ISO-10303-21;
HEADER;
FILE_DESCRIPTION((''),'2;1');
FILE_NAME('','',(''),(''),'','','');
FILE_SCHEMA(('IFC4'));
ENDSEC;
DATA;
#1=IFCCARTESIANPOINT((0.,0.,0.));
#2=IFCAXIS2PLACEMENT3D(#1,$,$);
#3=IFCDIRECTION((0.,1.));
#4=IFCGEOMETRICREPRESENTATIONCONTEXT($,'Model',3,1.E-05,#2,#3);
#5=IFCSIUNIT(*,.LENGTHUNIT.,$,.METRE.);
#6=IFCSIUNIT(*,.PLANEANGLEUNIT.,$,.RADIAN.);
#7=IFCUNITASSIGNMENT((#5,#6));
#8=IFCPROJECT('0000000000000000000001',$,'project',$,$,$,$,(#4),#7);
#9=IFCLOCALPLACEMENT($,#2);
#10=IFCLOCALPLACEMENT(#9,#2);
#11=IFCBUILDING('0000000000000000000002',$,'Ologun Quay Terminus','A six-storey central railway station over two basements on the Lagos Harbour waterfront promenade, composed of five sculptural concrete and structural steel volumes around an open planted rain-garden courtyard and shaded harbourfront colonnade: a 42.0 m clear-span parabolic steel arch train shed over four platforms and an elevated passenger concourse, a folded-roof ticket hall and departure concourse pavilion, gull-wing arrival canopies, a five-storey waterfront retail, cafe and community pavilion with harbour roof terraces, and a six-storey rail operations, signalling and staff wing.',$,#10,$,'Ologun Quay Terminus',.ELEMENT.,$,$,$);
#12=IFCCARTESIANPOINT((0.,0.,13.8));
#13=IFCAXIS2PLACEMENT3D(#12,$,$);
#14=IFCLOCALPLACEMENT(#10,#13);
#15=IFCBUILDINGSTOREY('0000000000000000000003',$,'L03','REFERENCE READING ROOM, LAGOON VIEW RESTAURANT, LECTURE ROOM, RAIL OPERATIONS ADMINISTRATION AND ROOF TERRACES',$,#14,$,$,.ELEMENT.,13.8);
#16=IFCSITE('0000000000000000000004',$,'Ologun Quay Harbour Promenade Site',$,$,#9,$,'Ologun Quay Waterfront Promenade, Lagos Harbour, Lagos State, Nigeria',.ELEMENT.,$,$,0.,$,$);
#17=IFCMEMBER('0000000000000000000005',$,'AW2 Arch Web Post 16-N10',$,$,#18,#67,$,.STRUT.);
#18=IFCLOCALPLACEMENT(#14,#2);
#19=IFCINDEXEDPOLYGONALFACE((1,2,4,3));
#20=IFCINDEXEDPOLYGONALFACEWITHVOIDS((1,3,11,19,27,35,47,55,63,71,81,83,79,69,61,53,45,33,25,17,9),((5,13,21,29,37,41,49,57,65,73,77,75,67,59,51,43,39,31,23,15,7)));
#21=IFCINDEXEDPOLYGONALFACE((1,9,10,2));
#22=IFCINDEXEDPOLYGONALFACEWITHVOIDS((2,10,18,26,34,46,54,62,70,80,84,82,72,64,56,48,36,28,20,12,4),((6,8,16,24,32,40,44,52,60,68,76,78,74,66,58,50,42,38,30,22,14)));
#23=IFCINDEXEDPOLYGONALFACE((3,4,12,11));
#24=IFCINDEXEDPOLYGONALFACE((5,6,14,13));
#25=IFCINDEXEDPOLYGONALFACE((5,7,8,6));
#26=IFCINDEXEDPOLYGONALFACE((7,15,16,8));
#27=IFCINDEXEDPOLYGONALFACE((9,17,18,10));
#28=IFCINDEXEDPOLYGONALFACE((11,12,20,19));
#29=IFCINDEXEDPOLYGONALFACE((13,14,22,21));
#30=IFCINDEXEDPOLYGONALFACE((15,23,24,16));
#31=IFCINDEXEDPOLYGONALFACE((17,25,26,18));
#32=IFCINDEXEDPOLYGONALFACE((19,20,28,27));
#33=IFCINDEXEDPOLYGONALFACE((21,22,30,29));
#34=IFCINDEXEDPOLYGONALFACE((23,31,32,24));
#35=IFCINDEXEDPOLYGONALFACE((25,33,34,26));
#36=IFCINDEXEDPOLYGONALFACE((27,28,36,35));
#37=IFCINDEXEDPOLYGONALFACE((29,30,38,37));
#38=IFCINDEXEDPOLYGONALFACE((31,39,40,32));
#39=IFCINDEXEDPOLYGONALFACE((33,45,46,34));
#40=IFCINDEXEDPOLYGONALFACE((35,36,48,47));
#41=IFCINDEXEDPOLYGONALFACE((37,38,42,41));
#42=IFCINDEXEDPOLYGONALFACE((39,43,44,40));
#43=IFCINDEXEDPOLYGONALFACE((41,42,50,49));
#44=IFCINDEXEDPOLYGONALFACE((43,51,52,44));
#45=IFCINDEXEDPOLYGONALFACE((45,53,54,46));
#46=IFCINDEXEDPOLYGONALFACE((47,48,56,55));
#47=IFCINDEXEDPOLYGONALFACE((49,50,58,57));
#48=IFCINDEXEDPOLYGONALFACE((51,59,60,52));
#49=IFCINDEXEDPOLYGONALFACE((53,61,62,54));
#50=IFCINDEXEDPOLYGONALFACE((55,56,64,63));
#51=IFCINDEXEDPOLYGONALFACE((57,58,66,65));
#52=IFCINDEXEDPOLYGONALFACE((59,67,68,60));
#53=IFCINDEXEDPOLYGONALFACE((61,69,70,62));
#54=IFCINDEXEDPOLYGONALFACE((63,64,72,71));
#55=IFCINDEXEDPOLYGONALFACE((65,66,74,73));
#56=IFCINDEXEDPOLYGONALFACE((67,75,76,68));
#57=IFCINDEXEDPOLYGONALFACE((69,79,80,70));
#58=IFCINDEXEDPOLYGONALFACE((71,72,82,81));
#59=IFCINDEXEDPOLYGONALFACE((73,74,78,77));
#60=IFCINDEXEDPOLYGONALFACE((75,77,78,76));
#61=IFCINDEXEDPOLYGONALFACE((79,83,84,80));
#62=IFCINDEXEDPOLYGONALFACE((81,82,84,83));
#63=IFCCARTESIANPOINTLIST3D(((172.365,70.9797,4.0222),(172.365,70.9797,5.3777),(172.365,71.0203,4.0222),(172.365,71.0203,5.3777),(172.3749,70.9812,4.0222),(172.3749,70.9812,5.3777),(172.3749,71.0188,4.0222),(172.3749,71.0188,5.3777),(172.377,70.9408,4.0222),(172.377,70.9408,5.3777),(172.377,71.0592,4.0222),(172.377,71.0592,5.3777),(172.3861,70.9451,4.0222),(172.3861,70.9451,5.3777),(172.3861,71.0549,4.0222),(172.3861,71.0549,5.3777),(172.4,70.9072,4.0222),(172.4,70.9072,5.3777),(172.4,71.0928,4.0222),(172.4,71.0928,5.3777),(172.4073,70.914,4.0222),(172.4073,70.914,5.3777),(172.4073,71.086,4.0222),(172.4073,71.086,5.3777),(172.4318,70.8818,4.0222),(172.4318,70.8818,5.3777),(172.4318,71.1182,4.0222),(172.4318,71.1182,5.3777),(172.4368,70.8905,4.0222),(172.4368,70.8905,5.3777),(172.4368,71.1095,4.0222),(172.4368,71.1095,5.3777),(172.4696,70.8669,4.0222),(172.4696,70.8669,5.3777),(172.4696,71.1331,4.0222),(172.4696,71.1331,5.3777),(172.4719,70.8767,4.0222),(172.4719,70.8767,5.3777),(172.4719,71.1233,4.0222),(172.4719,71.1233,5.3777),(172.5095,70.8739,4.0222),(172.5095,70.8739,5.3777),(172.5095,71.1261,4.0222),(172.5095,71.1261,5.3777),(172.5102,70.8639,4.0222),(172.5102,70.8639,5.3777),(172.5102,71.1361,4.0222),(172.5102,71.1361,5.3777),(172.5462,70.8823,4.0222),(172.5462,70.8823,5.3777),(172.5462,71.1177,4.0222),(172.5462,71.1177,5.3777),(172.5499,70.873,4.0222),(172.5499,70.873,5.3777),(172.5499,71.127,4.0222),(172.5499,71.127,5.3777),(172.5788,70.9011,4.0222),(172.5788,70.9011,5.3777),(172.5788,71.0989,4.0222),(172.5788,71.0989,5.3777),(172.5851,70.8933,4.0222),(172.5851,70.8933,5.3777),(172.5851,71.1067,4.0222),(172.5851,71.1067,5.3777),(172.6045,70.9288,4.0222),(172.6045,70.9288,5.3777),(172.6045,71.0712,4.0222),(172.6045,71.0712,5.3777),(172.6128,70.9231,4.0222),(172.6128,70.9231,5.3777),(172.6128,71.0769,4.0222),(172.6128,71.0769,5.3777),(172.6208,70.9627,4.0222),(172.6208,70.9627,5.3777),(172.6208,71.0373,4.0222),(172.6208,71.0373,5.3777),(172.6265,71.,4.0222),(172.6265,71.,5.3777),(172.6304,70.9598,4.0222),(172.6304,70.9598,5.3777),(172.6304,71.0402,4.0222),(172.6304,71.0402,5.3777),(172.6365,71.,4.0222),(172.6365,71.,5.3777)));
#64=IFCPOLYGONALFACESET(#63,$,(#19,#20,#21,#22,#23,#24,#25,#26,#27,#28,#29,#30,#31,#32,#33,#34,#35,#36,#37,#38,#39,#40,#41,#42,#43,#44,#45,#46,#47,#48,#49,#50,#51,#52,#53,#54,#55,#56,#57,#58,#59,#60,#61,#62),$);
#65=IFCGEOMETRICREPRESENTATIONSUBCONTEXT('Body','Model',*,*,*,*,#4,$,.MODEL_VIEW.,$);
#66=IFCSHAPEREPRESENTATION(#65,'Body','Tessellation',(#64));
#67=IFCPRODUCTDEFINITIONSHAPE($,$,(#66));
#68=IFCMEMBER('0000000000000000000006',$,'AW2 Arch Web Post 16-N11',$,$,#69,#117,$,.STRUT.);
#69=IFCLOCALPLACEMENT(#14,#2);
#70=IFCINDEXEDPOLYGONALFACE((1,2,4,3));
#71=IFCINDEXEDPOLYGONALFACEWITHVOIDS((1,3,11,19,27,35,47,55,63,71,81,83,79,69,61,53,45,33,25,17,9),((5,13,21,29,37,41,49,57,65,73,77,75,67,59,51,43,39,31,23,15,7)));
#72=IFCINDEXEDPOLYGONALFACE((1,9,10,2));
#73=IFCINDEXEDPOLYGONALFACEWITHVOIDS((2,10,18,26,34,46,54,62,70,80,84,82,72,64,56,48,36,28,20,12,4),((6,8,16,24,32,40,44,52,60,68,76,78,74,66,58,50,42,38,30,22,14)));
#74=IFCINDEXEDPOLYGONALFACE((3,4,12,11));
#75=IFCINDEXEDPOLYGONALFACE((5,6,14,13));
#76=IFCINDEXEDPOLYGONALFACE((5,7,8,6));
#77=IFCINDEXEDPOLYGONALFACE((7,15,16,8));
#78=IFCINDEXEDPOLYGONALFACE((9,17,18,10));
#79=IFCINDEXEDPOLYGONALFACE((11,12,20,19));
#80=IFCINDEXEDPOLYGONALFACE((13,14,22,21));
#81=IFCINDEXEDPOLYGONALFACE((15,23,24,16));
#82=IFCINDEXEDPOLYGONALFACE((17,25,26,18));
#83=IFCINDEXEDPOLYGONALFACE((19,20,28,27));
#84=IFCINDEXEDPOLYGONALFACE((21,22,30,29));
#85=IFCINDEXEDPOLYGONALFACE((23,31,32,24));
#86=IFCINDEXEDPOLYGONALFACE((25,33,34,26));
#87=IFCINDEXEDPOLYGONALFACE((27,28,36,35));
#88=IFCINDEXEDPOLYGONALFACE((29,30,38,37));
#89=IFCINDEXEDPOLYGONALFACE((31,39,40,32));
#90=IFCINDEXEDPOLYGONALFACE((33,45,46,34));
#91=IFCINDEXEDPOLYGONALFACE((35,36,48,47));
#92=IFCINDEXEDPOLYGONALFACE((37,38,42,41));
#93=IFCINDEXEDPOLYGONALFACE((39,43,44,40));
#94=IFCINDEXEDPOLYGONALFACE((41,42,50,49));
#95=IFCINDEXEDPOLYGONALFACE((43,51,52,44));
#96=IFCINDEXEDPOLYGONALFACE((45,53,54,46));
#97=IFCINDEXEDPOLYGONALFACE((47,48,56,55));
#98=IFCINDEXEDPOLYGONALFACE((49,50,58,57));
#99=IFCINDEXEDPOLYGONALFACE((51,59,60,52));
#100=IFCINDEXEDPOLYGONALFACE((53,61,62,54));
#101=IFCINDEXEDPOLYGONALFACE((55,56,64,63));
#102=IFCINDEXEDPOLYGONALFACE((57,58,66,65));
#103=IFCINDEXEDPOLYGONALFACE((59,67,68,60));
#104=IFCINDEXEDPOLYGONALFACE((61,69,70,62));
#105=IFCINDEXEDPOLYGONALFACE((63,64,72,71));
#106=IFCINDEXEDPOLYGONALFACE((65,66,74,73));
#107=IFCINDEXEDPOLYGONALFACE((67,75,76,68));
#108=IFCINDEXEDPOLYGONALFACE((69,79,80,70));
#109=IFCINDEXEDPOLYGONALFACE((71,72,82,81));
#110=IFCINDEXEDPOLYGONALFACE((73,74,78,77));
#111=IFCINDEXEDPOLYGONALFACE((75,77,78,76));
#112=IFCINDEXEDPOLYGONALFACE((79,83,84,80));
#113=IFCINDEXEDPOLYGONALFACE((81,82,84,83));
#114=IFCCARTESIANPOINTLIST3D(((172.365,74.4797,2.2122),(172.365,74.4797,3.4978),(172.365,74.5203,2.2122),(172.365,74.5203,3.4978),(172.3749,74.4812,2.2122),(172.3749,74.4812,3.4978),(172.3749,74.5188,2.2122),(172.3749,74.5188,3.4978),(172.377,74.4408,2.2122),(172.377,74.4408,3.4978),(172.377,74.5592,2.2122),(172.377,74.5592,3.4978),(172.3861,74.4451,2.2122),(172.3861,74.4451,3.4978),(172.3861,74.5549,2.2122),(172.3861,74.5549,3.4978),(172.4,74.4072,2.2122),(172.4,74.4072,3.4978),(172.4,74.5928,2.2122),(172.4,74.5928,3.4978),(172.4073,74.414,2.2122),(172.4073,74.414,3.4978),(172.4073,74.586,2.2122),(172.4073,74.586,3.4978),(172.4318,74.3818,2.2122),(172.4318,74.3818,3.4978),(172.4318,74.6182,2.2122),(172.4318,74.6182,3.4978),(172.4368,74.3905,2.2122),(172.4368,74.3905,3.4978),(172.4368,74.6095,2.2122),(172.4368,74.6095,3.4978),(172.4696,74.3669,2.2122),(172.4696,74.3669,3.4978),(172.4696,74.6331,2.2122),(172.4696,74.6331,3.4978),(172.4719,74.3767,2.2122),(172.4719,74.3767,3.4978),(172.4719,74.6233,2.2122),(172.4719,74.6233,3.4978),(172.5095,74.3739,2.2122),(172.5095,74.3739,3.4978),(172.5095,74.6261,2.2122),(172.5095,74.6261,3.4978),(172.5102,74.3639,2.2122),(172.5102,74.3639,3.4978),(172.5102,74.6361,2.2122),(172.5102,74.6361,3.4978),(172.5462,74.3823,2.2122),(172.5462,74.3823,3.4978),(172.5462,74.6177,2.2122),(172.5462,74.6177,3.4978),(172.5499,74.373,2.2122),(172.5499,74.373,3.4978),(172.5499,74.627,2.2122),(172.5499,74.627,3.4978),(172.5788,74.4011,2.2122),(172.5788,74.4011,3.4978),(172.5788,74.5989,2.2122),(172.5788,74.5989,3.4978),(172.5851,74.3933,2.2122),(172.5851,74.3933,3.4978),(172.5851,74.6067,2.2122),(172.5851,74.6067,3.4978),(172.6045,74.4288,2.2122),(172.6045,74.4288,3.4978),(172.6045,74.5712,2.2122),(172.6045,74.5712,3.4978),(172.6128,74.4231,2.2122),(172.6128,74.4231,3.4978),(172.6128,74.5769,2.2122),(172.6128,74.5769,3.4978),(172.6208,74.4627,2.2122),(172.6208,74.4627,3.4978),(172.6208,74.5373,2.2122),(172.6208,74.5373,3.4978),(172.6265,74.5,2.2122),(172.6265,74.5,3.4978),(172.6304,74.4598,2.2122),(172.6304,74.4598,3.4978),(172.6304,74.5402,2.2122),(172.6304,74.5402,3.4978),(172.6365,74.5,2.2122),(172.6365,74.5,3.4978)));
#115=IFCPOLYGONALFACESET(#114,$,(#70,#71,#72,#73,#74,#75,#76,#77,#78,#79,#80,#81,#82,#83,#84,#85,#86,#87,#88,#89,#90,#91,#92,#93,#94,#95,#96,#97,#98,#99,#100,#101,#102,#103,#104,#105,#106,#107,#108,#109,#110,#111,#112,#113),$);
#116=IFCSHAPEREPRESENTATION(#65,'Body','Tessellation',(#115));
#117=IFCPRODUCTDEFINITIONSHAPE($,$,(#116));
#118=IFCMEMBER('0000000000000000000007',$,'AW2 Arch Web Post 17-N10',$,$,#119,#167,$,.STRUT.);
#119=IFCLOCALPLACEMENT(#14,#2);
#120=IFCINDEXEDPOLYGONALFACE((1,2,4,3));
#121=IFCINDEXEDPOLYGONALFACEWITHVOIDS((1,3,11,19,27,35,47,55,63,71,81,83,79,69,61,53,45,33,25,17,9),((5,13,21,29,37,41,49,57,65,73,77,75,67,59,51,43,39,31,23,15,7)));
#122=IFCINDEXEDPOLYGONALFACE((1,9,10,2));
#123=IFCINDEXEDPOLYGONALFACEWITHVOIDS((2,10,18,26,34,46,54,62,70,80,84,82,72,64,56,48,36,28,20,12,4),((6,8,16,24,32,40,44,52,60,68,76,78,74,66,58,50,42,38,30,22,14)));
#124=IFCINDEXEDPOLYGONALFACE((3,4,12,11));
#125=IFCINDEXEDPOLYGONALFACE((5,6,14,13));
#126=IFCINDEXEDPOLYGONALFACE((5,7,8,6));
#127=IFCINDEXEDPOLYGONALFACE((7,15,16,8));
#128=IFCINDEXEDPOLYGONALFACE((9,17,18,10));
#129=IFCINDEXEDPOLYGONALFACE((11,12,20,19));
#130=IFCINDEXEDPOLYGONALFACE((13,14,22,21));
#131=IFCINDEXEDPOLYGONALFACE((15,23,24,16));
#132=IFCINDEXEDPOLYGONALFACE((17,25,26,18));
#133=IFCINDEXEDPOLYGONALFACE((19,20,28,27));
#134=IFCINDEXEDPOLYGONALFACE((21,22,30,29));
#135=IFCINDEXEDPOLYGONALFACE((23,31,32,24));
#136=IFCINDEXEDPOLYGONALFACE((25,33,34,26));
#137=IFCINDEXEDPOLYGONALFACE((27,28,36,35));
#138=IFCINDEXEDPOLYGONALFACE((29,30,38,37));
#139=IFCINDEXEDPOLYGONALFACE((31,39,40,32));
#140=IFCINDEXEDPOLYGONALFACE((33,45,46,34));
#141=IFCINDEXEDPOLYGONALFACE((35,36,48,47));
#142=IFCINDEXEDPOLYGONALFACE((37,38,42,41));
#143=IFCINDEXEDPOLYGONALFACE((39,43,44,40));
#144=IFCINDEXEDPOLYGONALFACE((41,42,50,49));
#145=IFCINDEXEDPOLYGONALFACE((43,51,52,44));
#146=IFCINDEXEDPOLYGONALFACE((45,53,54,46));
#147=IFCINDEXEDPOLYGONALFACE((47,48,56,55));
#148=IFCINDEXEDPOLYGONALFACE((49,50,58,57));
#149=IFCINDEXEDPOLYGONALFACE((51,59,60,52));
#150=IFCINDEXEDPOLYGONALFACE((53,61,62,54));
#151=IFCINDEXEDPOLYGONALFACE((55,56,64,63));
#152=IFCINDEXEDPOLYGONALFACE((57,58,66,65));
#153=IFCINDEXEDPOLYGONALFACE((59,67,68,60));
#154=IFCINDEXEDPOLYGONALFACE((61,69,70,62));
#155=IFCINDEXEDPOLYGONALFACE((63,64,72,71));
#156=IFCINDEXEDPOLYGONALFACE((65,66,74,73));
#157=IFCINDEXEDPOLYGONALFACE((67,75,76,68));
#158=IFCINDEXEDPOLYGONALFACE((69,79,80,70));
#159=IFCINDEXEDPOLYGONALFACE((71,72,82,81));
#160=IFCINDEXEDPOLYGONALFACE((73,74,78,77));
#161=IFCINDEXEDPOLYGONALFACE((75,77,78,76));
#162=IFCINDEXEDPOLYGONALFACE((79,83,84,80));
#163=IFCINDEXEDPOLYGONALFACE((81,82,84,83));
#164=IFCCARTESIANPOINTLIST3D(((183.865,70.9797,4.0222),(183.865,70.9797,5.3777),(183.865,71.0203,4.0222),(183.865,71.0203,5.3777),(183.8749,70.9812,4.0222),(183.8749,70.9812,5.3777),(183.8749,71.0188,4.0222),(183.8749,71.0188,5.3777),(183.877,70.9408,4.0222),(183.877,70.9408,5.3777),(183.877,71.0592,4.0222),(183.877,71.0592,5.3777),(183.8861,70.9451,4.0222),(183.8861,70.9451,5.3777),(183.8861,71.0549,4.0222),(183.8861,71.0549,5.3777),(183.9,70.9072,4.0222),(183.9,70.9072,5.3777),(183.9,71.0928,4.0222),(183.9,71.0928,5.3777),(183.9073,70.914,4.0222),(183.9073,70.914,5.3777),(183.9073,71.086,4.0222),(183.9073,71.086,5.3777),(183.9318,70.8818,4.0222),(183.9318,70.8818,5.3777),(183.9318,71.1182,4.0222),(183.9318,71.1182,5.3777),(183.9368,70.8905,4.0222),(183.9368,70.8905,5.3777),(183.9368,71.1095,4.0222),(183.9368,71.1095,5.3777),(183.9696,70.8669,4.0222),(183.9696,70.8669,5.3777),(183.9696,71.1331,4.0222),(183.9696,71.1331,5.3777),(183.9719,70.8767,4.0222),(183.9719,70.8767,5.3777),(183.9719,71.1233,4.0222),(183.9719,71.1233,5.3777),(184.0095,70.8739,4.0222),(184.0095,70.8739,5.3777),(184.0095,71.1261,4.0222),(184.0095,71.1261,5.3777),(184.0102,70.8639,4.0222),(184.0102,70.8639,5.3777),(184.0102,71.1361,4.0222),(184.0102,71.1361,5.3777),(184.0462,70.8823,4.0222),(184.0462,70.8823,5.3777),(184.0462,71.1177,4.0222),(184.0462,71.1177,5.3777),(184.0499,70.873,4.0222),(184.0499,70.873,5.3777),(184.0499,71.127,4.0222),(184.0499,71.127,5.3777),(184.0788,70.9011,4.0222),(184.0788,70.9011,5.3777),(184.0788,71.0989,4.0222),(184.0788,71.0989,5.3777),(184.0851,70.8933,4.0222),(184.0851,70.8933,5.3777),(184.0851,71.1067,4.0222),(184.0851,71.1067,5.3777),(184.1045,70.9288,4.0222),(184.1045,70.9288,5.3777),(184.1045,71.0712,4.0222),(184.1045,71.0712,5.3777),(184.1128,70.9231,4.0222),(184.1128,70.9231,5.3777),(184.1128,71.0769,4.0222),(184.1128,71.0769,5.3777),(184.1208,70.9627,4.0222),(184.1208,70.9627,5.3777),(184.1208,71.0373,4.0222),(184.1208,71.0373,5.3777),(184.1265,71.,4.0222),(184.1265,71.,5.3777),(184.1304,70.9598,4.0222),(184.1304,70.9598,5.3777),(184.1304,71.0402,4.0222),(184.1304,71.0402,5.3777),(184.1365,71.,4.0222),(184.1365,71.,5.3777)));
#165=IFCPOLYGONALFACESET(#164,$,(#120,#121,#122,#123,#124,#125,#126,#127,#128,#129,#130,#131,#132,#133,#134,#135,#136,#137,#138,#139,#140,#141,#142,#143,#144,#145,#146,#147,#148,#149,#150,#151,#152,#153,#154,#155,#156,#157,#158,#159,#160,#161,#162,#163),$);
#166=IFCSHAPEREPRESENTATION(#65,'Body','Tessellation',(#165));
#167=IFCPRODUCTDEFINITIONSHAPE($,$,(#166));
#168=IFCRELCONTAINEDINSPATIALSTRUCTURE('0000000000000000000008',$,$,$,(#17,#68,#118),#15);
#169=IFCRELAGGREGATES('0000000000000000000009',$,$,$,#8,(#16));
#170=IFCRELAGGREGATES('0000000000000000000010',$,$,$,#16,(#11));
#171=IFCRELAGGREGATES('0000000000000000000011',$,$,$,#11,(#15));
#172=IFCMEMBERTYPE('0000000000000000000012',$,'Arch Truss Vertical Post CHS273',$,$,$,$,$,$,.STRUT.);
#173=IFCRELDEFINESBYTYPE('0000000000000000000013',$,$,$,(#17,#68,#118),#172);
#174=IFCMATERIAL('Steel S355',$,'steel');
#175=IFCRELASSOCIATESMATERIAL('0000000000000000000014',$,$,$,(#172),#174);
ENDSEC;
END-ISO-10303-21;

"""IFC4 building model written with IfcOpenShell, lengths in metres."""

from ifc_helpers import new_model, si_unit, direction, frame, origin, origin_2d, place, context, subcontext, project, spatial, hollow_circle, extrude, material, material_profile, profile_set, type_object, element, save


model = new_model("IFC4")

# Units and contexts
model_context = context("Model", 3, precision=1e-05, world=origin(), true_north=direction((0.0, 1.0)))
body_context = subcontext(model_context, "Body", "Model", "MODEL_VIEW")
ifc_project = project(units=[si_unit("LENGTHUNIT", "METRE"), si_unit("PLANEANGLEUNIT", "RADIAN")], contexts=[model_context])

# Site, building, storey
site_placement = place(None, origin())
site = spatial("IfcSite", under=ifc_project, at=site_placement, Name="Ologun Quay Harbour Promenade Site", LongName="Ologun Quay Waterfront Promenade, Lagos Harbour, Lagos State, Nigeria", CompositionType="ELEMENT", RefElevation=0.0)
building_placement = place(site_placement, origin())
building = spatial("IfcBuilding", under=site, at=building_placement, Name="Ologun Quay Terminus", Description="A six-storey central railway station over two basements on the Lagos Harbour waterfront promenade, composed of five sculptural concrete and structural steel volumes around an open planted rain-garden courtyard and shaded harbourfront colonnade: a 42.0 m clear-span parabolic steel arch train shed over four platforms and an elevated passenger concourse, a folded-roof ticket hall and departure concourse pavilion, gull-wing arrival canopies, a five-storey waterfront retail, cafe and community pavilion with harbour roof terraces, and a six-storey rail operations, signalling and staff wing.", LongName="Ologun Quay Terminus", CompositionType="ELEMENT")
storey_placement = place(building_placement, frame((0.0, 0.0, 13.8)))
storey = spatial("IfcBuildingStorey", under=building, at=storey_placement, Name="L03", Description="REFERENCE READING ROOM, LAGOON VIEW RESTAURANT, LECTURE ROOM, RAIL OPERATIONS ADMINISTRATION AND ROOF TERRACES", CompositionType="ELEMENT", Elevation=13.8)

# Members
ifc_material_1 = material(Name="Steel S355", Category="steel")
ifc_material_profile_1 = material_profile(ifc_material_1, hollow_circle(Radius=0.1365, WallThickness=0.01, at=origin_2d()), Name="CHS 273x10")
ifc_profile_set_1 = profile_set([ifc_material_profile_1], Name="Steel S355")
member_type_1 = type_object("IfcMemberType", Name="Arch Truss Vertical Post CHS273", PredefinedType="STRUT", material=ifc_profile_set_1)
member_1_placement = place(storey_placement, frame((172.5, 71.0, 4.0222), z_axis=(0.0, 0.0, 1.0), x_axis=(1.0, 0.0, 0.0)))
element("IfcMember", 1, at=member_1_placement, inside=storey, type_object=member_type_1, Name="AW2 Arch Web Post 16-N10", PredefinedType="STRUT", context=body_context, shape_type="SweptSolid", body=[
    extrude(hollow_circle(Radius=0.1365, WallThickness=0.01, at=origin_2d()), origin(), (0.0, 0.0, 1.0), 1.3555),
])
member_2_placement = place(storey_placement, frame((172.5, 74.5, 2.2122), z_axis=(0.0, 0.0, 1.0), x_axis=(1.0, 0.0, 0.0)))
element("IfcMember", 2, at=member_2_placement, inside=storey, type_object=member_type_1, Name="AW2 Arch Web Post 16-N11", PredefinedType="STRUT", context=body_context, shape_type="SweptSolid", body=[
    extrude(hollow_circle(Radius=0.1365, WallThickness=0.01, at=origin_2d()), origin(), (0.0, 0.0, 1.0), 1.2856),
])
member_3_placement = place(storey_placement, frame((184.0, 71.0, 4.0222), z_axis=(0.0, 0.0, 1.0), x_axis=(1.0, 0.0, 0.0)))
element("IfcMember", 3, at=member_3_placement, inside=storey, type_object=member_type_1, Name="AW2 Arch Web Post 17-N10", PredefinedType="STRUT", context=body_context, shape_type="SweptSolid", body=[
    extrude(hollow_circle(Radius=0.1365, WallThickness=0.01, at=origin_2d()), origin(), (0.0, 0.0, 1.0), 1.3555),
])

save(model, "model.ifc")
